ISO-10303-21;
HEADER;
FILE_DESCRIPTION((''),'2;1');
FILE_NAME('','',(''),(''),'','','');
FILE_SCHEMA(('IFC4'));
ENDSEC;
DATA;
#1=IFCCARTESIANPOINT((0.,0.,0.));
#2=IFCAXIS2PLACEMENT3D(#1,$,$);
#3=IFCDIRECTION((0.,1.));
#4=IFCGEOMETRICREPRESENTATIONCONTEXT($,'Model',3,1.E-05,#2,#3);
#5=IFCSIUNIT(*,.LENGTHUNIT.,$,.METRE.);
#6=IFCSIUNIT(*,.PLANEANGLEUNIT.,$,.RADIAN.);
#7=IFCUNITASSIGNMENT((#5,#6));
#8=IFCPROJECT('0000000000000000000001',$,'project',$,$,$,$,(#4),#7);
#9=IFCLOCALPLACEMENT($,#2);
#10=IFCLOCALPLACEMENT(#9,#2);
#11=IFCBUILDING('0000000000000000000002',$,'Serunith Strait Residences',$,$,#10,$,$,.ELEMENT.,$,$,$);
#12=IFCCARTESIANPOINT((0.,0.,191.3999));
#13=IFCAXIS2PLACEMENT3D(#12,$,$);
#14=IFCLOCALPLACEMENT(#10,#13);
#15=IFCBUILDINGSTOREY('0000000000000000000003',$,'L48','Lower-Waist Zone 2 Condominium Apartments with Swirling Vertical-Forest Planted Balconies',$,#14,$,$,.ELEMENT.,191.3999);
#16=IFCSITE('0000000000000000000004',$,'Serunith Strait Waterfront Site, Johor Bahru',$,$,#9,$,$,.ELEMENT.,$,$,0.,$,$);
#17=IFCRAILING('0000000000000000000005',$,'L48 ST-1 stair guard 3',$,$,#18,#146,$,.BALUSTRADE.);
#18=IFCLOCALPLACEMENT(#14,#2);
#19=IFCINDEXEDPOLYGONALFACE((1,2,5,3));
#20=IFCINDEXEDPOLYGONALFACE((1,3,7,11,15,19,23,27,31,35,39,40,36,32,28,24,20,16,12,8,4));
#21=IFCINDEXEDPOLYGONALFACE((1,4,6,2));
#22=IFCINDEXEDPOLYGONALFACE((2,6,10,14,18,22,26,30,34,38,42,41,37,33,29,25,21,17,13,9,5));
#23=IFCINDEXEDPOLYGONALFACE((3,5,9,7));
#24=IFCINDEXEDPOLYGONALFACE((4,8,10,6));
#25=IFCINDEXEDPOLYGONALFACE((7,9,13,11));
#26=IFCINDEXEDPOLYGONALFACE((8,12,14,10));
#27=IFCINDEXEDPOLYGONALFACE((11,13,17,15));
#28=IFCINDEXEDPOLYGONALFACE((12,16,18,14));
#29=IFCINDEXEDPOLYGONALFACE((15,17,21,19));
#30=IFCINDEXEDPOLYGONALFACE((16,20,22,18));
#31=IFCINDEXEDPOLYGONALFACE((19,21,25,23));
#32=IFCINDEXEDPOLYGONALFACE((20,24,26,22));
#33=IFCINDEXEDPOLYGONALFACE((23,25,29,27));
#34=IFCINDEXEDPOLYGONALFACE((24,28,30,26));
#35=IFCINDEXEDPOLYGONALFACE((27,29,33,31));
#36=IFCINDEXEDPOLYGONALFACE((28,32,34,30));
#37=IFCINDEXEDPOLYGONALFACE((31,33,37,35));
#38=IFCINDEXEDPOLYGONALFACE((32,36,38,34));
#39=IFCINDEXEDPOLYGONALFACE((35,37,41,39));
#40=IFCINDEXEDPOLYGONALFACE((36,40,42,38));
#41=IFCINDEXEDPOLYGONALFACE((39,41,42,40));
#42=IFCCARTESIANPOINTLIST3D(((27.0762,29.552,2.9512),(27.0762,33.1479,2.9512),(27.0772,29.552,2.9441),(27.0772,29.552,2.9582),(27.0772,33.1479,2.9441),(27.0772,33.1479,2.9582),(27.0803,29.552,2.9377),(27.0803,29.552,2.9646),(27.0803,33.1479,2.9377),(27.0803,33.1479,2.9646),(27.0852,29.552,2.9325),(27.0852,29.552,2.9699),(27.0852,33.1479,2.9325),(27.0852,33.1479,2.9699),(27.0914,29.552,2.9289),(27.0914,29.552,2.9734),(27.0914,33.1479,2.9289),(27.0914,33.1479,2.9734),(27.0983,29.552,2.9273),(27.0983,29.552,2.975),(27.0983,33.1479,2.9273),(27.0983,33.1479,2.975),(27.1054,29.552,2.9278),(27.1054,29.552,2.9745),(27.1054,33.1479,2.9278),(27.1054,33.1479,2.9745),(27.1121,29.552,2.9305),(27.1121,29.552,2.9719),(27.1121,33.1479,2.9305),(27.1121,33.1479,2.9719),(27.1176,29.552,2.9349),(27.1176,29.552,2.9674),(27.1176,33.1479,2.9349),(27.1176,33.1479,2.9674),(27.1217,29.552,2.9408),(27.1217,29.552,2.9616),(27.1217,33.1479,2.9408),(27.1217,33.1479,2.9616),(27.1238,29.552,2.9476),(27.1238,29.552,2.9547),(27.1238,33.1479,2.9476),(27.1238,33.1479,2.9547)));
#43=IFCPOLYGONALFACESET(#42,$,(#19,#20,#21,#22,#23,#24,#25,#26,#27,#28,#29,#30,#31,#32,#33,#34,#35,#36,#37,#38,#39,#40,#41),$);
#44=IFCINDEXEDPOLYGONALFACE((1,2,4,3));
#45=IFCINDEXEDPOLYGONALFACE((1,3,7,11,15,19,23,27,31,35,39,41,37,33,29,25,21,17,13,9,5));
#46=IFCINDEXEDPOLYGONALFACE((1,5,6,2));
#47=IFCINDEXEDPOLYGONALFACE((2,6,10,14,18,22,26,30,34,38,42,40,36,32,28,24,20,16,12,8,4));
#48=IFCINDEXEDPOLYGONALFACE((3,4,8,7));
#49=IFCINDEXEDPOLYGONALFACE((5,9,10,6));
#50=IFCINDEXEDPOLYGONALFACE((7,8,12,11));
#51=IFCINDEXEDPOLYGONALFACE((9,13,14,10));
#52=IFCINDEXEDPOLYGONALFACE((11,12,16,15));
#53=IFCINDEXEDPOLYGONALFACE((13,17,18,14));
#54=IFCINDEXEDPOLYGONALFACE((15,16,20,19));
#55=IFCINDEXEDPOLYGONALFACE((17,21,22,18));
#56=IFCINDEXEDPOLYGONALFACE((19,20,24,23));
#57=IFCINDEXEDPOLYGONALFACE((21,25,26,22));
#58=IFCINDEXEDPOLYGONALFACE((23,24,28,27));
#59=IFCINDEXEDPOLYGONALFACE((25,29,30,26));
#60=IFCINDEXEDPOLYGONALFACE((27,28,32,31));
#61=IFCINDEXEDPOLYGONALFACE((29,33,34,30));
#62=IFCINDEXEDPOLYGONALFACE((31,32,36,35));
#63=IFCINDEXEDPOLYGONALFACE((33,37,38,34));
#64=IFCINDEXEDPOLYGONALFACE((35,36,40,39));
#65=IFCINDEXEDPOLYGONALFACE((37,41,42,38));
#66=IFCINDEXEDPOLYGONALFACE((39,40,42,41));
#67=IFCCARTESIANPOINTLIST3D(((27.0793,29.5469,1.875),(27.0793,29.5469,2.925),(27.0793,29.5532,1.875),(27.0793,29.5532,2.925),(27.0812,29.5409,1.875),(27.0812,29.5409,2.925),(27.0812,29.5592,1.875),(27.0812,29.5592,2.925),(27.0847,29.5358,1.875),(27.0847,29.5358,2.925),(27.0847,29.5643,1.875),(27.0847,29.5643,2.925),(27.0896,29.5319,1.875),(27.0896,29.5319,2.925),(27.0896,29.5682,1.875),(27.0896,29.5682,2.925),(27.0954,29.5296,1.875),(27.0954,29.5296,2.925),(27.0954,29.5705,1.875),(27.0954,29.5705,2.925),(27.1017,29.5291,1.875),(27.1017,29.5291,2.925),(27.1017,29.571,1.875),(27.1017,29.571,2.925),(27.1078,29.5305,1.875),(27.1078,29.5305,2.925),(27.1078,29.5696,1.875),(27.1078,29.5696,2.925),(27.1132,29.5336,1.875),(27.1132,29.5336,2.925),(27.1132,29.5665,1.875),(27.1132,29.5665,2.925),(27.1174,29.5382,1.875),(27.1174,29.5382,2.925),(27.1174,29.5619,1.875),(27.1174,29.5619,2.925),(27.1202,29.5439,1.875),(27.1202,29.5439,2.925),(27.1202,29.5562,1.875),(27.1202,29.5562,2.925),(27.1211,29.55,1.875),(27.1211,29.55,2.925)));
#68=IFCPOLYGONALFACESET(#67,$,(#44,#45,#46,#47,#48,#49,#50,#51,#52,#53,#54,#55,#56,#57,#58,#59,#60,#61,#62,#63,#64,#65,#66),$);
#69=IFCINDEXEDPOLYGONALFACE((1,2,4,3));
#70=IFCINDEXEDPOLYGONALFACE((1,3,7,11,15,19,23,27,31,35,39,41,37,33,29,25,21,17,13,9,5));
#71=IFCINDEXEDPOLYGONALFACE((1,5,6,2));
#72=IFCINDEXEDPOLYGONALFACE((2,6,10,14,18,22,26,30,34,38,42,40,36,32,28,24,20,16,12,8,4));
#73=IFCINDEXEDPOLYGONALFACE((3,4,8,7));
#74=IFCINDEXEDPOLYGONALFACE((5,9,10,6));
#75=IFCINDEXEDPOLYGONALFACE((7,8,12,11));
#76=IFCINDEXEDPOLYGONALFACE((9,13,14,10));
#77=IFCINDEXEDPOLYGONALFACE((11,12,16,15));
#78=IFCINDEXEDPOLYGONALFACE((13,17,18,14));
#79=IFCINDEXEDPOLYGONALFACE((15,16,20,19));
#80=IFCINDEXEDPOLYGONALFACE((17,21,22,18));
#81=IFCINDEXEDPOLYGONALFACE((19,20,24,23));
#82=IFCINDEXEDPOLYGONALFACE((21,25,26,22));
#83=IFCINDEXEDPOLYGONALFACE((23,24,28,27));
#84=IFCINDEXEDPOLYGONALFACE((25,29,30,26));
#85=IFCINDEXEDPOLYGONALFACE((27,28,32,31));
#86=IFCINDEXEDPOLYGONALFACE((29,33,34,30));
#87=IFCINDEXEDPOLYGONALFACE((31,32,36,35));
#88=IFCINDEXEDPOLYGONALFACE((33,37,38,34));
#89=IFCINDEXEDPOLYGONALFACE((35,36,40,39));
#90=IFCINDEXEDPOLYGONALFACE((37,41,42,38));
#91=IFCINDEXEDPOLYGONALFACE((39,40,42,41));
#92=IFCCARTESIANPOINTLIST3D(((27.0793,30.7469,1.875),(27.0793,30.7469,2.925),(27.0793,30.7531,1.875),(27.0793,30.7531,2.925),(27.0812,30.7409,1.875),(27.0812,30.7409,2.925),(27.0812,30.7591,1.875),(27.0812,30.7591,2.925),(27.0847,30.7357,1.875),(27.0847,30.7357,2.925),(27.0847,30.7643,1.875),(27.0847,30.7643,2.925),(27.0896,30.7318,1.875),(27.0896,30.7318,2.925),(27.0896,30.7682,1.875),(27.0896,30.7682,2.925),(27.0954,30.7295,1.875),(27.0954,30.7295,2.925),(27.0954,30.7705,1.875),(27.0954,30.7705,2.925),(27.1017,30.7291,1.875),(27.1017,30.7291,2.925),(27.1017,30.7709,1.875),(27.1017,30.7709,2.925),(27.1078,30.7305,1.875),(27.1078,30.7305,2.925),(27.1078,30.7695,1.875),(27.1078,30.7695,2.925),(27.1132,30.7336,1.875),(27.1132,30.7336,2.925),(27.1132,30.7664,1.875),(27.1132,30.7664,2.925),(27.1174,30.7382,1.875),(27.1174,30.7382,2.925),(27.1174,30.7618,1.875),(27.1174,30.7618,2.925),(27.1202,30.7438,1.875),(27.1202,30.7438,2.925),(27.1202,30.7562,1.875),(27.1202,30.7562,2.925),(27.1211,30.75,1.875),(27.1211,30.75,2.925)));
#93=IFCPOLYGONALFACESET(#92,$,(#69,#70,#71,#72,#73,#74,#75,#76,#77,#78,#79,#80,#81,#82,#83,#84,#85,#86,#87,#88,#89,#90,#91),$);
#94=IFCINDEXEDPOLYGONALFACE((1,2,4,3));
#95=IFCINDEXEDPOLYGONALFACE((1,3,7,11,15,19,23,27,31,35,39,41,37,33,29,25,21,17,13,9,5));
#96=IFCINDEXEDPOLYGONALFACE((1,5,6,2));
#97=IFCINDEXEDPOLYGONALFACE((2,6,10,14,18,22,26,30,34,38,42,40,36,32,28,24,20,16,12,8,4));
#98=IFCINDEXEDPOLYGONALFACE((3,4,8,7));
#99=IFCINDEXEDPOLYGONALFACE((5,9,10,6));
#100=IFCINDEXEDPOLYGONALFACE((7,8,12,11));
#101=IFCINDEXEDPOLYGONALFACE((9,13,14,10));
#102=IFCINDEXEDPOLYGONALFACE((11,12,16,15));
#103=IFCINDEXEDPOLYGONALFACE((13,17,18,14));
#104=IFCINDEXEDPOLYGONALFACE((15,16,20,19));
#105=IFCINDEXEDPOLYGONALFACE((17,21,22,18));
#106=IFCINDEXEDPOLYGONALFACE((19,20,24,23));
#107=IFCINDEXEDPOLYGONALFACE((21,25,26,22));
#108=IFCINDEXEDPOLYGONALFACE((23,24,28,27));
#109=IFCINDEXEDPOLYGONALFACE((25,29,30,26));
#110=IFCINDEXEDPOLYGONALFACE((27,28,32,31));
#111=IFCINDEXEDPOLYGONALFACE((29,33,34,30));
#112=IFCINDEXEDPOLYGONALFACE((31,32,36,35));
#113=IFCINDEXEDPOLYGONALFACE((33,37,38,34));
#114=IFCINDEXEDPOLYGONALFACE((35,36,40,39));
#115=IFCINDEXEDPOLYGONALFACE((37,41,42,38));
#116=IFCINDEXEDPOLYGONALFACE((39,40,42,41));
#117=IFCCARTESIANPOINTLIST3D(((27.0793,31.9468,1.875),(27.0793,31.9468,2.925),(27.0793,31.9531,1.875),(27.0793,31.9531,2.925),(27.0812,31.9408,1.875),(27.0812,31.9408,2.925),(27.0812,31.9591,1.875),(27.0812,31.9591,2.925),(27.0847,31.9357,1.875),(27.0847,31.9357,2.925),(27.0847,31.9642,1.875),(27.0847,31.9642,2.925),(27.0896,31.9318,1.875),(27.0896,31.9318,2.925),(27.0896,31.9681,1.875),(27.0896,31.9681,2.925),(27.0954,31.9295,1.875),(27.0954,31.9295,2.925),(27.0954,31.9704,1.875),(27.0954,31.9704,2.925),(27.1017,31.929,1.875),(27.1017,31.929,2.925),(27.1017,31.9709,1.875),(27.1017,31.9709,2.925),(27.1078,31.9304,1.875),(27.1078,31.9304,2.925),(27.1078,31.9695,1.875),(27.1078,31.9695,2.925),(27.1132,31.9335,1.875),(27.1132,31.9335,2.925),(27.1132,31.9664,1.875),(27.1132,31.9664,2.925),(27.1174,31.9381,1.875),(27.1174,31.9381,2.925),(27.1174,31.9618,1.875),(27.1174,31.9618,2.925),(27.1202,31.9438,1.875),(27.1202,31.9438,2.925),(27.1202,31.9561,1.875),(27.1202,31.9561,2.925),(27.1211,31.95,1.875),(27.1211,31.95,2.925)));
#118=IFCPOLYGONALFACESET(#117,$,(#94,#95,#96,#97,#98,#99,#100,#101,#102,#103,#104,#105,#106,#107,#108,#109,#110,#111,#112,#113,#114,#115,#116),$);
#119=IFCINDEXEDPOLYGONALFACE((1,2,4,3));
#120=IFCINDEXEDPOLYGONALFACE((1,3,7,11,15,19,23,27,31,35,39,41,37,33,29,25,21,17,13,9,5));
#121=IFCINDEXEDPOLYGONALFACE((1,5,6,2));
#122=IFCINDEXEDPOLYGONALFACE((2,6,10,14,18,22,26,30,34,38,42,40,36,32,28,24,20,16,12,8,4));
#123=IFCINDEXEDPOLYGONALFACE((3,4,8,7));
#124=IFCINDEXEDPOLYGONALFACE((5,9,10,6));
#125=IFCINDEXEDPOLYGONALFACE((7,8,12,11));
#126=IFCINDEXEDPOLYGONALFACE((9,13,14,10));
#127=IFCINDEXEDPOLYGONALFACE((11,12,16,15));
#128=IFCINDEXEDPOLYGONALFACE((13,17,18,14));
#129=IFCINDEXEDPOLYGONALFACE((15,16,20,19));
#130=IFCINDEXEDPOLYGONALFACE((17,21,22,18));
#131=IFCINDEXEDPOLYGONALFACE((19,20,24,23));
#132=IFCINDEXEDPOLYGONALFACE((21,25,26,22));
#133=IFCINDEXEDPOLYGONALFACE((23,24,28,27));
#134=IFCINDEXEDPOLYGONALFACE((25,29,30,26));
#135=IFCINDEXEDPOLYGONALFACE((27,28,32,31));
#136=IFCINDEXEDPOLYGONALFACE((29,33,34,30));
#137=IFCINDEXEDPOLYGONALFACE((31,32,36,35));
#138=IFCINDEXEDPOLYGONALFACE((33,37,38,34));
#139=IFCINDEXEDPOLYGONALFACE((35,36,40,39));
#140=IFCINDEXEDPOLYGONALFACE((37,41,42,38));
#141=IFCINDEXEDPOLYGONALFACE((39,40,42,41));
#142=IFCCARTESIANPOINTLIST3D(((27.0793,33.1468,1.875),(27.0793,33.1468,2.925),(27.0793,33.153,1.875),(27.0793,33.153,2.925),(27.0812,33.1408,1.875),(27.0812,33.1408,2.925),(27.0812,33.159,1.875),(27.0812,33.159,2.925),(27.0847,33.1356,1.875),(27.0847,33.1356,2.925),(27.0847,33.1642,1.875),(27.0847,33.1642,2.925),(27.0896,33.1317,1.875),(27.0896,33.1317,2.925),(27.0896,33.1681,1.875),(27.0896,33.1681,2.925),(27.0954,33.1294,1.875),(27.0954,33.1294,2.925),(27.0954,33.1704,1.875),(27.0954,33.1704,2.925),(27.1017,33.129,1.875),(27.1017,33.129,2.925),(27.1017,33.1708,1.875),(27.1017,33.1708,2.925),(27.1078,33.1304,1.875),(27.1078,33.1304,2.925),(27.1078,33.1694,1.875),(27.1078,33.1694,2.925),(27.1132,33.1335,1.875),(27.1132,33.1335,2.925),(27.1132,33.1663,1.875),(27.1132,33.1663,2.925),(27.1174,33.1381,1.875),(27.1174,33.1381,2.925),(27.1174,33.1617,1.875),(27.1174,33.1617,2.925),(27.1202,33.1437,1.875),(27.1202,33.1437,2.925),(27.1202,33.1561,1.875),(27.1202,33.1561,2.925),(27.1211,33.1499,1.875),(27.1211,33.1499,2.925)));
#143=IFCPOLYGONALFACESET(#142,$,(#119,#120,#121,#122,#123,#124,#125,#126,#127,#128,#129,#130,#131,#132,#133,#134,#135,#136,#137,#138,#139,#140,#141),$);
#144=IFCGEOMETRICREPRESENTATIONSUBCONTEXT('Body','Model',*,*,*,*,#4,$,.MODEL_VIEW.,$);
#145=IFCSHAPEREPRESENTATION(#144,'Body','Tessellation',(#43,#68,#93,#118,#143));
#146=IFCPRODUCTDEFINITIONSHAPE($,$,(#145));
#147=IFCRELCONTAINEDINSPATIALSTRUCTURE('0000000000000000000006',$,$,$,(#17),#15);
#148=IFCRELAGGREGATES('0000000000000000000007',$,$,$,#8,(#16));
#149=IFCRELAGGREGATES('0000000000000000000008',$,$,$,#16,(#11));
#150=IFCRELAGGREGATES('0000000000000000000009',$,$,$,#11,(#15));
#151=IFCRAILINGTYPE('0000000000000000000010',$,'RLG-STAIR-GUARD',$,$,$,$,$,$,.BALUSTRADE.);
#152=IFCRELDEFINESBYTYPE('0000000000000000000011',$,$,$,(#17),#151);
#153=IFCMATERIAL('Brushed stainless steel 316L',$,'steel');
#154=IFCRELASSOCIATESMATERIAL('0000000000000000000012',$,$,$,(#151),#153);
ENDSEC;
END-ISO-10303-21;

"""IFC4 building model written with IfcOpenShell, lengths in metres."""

from ifc_helpers import new_model, si_unit, direction, frame, origin, origin_2d, place, context, subcontext, project, spatial, circle, extrude, material, type_object, element, save


model = new_model("IFC4")

# Units and contexts
model_context = context("Model", 3, precision=1e-05, world=origin(), true_north=direction((0.0, 1.0)))
body_context = subcontext(model_context, "Body", "Model", "MODEL_VIEW")
ifc_project = project(units=[si_unit("LENGTHUNIT", "METRE"), si_unit("PLANEANGLEUNIT", "RADIAN")], contexts=[model_context])

# Site, building, storey
site_placement = place(None, origin())
site = spatial("IfcSite", under=ifc_project, at=site_placement, Name="Serunith Strait Waterfront Site, Johor Bahru", CompositionType="ELEMENT", RefElevation=0.0)
building_placement = place(site_placement, origin())
building = spatial("IfcBuilding", under=site, at=building_placement, Name="Serunith Strait Residences", CompositionType="ELEMENT")
storey_placement = place(building_placement, frame((0.0, 0.0, 191.3999)))
storey = spatial("IfcBuildingStorey", under=building, at=storey_placement, Name="L48", Description="Lower-Waist Zone 2 Condominium Apartments with Swirling Vertical-Forest Planted Balconies", CompositionType="ELEMENT", Elevation=191.3999)

# Railing
ifc_material_1 = material(Name="Brushed stainless steel 316L", Category="steel")
railing_type_1 = type_object("IfcRailingType", Name="RLG-STAIR-GUARD", PredefinedType="BALUSTRADE", material=ifc_material_1)
for number, where, name in (
    (1, (27.1001, 29.55, 1.875), "L48 ST-1 stair guard 3"),
):
    element("IfcRailing", number, at=place(storey_placement, frame(where)), inside=storey, type_object=railing_type_1, Name=name, PredefinedType="BALUSTRADE", context=body_context, shape_type="SweptSolid", body=[
        extrude(circle(Radius=0.0239, at=origin_2d()), frame((0.0, 0.002, 1.0762), z_axis=(0.0, 1.0, 0.0), x_axis=(-1.0, 0.0, 0.0)), (0.0, 0.0, 1.0), 3.5959),
        extrude(circle(Radius=0.021, at=origin_2d()), origin(), (0.0, 0.0, 1.0), 1.05),
        extrude(circle(Radius=0.021, at=origin_2d()), frame((0.0, 1.2, 0.0)), (0.0, 0.0, 1.0), 1.05),
        extrude(circle(Radius=0.021, at=origin_2d()), frame((0.0, 2.3999, 0.0)), (0.0, 0.0, 1.0), 1.05),
        extrude(circle(Radius=0.021, at=origin_2d()), frame((0.0, 3.5999, 0.0)), (0.0, 0.0, 1.0), 1.05),
    ])

save(model, "model.ifc")
